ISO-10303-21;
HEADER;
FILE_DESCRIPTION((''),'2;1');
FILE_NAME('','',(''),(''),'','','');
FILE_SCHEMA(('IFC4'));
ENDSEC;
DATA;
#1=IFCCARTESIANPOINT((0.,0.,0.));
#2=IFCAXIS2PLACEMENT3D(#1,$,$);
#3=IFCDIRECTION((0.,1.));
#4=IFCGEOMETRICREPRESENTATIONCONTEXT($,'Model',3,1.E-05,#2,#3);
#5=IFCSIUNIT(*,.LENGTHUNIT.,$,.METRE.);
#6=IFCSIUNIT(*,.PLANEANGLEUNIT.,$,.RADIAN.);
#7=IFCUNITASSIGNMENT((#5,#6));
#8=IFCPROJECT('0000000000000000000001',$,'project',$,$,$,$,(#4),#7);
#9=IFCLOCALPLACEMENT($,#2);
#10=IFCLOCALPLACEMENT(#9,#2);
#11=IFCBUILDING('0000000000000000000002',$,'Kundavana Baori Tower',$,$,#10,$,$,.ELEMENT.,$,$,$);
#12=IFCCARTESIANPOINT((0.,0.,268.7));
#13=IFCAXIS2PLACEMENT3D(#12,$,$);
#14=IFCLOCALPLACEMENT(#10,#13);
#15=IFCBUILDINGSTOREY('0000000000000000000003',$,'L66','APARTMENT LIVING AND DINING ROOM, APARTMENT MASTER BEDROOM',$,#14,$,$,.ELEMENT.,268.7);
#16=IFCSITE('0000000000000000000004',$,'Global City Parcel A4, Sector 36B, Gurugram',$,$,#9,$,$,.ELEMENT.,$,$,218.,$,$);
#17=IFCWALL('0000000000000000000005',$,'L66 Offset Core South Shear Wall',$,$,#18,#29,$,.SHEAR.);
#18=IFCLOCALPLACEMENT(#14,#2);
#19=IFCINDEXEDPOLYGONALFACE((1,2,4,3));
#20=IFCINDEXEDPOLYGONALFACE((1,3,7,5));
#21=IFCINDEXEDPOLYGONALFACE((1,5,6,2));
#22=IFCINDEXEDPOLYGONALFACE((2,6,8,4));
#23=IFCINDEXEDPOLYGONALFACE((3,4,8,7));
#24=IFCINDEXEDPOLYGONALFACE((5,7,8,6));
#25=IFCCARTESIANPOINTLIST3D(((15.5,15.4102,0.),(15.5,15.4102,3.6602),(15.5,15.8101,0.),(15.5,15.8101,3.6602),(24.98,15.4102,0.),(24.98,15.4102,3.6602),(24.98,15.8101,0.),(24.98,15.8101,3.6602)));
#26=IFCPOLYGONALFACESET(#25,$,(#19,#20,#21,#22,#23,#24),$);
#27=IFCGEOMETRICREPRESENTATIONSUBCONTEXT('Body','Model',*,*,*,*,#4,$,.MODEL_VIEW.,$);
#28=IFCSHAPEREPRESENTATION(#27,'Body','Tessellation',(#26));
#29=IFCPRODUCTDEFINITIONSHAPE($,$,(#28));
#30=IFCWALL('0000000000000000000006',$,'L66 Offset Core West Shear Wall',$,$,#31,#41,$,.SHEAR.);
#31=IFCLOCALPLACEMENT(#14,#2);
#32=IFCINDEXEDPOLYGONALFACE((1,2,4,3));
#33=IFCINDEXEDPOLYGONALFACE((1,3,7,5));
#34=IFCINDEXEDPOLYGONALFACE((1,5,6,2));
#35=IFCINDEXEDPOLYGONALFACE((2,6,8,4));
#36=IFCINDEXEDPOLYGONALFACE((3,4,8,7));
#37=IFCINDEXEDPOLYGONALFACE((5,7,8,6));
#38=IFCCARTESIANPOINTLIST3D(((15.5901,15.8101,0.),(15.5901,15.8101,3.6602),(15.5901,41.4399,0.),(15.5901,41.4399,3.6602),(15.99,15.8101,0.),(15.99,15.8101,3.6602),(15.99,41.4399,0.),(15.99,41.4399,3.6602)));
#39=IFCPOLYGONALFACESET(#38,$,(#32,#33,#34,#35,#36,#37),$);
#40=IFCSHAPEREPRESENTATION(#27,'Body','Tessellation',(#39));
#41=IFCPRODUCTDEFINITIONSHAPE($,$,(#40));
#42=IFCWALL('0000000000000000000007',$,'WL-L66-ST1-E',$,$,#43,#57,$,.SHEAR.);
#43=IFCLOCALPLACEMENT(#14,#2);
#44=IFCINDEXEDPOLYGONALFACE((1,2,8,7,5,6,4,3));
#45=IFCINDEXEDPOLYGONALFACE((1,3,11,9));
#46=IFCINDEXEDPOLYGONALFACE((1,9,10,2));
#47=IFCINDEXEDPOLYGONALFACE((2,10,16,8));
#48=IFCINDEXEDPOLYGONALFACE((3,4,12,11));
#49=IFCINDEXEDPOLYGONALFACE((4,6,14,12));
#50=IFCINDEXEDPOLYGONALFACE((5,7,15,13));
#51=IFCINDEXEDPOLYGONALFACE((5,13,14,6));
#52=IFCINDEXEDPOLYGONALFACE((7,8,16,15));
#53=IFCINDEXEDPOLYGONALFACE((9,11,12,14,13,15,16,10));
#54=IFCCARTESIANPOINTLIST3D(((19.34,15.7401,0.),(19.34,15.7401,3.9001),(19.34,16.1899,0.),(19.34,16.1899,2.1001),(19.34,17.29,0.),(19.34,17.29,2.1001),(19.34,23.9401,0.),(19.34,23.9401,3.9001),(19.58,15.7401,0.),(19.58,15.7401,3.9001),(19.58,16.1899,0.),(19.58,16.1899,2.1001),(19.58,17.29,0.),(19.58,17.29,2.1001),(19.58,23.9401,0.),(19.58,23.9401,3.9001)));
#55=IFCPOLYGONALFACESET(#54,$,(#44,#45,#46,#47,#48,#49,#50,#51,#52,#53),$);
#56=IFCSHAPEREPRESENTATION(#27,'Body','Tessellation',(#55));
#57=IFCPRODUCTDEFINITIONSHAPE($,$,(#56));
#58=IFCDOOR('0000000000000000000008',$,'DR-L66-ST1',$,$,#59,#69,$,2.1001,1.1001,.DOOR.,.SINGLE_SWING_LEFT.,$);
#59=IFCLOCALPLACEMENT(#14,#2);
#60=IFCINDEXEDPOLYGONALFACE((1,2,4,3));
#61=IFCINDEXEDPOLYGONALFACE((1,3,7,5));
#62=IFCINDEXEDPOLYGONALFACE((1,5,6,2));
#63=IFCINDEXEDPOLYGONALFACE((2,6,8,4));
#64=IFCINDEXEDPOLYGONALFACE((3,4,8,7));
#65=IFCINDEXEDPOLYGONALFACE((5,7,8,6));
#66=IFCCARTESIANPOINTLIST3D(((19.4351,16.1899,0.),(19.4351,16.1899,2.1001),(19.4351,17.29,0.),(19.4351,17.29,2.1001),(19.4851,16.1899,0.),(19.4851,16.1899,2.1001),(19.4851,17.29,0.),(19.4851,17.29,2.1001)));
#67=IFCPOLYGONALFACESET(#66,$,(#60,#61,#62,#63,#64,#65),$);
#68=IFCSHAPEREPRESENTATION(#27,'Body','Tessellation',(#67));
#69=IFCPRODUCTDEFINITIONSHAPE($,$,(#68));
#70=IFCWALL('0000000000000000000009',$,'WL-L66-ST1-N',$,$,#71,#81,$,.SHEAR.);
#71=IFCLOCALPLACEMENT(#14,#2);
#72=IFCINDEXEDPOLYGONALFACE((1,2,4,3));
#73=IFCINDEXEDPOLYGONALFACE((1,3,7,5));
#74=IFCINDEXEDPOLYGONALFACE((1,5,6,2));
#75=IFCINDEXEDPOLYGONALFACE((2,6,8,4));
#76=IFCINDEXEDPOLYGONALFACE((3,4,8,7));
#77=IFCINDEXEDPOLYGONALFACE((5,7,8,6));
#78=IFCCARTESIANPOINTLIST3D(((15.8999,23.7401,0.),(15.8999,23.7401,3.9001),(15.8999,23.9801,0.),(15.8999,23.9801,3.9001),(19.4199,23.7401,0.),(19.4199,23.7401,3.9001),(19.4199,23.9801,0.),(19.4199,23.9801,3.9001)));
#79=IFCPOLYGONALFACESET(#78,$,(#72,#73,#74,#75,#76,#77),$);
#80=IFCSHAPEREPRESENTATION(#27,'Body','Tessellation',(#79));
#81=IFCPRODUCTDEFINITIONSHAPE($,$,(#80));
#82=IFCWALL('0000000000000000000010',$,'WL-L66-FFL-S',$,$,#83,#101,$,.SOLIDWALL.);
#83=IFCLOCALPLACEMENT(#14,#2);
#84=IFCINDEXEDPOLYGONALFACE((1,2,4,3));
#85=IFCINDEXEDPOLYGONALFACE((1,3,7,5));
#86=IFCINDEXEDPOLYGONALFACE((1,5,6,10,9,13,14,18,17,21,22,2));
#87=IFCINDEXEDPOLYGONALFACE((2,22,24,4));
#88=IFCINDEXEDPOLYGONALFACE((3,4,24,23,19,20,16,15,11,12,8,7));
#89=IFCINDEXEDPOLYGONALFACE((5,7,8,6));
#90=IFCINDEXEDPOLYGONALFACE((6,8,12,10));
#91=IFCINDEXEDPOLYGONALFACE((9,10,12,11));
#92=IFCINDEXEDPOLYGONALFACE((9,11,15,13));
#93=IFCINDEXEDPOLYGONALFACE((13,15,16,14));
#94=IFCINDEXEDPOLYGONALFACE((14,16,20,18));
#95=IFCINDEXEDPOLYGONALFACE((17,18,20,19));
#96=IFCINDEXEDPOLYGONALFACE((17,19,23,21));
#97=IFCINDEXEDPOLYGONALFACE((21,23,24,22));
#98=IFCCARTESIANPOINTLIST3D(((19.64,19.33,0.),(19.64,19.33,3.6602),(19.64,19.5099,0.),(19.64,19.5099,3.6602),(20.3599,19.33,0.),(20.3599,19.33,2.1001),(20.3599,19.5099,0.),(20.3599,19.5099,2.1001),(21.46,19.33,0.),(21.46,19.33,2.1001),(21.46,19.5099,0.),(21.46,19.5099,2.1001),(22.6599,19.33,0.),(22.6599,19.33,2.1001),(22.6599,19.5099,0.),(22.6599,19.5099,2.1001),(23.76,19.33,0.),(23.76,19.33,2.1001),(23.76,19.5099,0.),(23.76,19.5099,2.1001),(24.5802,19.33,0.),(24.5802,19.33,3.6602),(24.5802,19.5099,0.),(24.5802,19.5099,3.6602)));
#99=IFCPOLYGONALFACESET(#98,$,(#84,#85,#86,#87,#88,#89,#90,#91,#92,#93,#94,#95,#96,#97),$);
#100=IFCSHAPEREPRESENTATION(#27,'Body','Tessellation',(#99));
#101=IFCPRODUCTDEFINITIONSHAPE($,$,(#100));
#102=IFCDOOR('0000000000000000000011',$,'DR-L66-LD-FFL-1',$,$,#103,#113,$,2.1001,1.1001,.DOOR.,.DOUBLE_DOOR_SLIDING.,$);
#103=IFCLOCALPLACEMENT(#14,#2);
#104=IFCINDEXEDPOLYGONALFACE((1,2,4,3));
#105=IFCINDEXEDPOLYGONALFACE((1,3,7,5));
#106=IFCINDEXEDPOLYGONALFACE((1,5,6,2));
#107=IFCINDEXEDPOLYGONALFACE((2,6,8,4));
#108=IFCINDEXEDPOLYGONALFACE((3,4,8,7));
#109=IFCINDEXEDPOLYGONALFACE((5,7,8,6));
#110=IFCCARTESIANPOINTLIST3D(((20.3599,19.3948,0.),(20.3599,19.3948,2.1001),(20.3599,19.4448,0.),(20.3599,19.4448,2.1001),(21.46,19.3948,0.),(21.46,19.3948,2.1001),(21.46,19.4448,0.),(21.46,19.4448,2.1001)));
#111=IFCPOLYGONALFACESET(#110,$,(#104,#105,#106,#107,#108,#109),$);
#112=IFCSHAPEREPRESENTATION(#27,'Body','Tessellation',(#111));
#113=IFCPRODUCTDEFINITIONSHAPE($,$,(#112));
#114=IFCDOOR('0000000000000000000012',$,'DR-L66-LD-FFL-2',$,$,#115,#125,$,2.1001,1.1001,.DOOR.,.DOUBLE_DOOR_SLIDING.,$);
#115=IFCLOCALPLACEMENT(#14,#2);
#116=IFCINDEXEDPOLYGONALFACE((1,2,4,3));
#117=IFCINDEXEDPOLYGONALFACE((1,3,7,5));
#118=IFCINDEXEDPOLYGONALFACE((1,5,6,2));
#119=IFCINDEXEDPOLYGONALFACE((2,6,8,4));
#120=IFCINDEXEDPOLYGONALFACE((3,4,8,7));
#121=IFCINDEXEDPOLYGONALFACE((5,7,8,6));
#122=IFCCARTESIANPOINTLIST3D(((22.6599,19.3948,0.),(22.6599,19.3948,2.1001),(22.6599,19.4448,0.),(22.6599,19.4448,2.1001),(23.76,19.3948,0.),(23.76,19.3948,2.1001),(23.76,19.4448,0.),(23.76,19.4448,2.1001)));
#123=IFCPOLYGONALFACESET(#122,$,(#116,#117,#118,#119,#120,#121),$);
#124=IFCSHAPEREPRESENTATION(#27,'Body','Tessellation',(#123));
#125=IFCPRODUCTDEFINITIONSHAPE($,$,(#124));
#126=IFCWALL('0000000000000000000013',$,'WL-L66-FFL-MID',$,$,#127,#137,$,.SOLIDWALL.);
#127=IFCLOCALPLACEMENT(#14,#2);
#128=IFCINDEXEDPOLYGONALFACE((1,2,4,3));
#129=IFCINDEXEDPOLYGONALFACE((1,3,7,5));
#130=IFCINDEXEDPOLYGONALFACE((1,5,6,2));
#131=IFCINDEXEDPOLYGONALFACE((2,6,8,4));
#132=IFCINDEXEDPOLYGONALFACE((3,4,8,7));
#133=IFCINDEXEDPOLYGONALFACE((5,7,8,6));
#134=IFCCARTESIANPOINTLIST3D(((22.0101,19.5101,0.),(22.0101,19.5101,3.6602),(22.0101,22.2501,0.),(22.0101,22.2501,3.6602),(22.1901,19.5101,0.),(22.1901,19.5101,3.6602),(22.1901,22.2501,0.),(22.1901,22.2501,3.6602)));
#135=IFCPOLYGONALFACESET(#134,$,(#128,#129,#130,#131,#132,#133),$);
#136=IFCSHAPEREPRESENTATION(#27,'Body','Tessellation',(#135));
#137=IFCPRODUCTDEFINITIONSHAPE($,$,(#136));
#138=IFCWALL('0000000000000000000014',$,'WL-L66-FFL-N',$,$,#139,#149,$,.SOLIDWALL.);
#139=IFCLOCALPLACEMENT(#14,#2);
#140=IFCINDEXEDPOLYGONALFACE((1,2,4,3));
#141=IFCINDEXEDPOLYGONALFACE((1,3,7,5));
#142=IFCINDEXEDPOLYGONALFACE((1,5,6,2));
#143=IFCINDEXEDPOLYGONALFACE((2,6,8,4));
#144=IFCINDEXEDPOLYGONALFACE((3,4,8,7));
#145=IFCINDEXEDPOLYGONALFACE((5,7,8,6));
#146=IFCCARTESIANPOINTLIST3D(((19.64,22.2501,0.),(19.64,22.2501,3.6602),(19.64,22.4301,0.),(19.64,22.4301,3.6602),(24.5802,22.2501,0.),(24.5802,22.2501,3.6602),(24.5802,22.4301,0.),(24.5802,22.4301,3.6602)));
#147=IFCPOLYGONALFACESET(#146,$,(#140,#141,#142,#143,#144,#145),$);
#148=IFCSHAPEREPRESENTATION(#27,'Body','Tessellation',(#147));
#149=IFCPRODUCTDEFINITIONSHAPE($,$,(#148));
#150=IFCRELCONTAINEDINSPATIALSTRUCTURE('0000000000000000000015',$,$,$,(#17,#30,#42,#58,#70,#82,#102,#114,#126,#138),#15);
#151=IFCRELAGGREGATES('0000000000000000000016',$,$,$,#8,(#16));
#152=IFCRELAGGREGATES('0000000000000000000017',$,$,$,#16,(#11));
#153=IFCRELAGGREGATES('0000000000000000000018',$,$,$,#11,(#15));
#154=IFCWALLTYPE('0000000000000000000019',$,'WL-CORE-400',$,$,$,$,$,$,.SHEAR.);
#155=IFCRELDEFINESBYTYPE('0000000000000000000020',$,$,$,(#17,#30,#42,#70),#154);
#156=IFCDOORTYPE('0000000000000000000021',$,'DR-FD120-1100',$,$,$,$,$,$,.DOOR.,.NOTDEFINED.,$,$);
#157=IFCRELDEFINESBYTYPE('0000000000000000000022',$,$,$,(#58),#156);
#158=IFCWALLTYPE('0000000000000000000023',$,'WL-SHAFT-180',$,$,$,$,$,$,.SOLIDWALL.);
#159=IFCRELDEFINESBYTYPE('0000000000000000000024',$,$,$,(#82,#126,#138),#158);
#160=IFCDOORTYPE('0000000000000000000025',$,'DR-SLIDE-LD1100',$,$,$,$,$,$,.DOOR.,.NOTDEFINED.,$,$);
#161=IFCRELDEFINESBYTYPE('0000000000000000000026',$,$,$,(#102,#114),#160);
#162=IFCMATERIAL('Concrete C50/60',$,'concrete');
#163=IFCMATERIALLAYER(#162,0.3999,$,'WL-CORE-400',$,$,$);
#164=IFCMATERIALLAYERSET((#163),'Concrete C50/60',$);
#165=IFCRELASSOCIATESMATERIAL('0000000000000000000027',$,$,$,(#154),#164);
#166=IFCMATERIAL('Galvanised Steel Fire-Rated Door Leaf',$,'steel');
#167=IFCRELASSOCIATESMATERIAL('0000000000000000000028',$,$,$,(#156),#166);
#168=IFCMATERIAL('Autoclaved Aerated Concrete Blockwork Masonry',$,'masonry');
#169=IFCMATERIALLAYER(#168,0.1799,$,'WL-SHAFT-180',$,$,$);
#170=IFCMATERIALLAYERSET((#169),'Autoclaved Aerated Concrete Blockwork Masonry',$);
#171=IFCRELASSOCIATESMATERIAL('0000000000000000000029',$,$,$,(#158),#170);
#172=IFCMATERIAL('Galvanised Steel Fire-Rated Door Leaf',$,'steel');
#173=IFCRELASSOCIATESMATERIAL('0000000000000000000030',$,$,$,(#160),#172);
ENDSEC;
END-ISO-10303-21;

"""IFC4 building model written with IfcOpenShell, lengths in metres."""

from ifc_helpers import new_model, si_unit, direction, frame, frame_2d, origin, place, context, subcontext, project, spatial, rectangle, extrude, material, layer, layer_set, type_object, element, fill, save


model = new_model("IFC4")

# Units and contexts
model_context = context("Model", 3, precision=1e-05, world=origin(), true_north=direction((0.0, 1.0)))
body_context = subcontext(model_context, "Body", "Model", "MODEL_VIEW")
ifc_project = project(units=[si_unit("LENGTHUNIT", "METRE"), si_unit("PLANEANGLEUNIT", "RADIAN")], contexts=[model_context])

# Site, building, storey
site_placement = place(None, origin())
site = spatial("IfcSite", under=ifc_project, at=site_placement, Name="Global City Parcel A4, Sector 36B, Gurugram", CompositionType="ELEMENT", RefElevation=218.0)
building_placement = place(site_placement, origin())
building = spatial("IfcBuilding", under=site, at=building_placement, Name="Kundavana Baori Tower", CompositionType="ELEMENT")
storey_placement = place(building_placement, frame((0.0, 0.0, 268.7)))
storey = spatial("IfcBuildingStorey", under=building, at=storey_placement, Name="L66", Description="APARTMENT LIVING AND DINING ROOM, APARTMENT MASTER BEDROOM", CompositionType="ELEMENT", Elevation=268.7)

# Walls
ifc_material_1 = material(Name="Concrete C50/60", Category="concrete")
ifc_layer_1 = layer(ifc_material_1, 0.3999, Name="WL-CORE-400")
ifc_layer_set_1 = layer_set([ifc_layer_1], Name="Concrete C50/60")
wall_type_1 = type_object("IfcWallType", Name="WL-CORE-400", PredefinedType="SHEAR", material=ifc_layer_set_1)
wall_1_placement = place(storey_placement, frame((15.5, 15.6101, 0.0), z_axis=(0.0, 0.0, 1.0), x_axis=(1.0, 0.0, 0.0)))
element("IfcWall", 1, at=wall_1_placement, inside=storey, type_object=wall_type_1, Name="L66 Offset Core South Shear Wall", PredefinedType="SHEAR", context=body_context, shape_type="SweptSolid", body=[
    extrude(rectangle(XDim=9.48, YDim=0.3999, at=frame_2d((4.74, 0.0))), origin(), (0.0, 0.0, 1.0), 3.6602),
])
wall_2_placement = place(storey_placement, frame((15.79, 15.8101, 0.0), z_axis=(0.0, 0.0, 1.0), x_axis=(0.0, 1.0, 0.0)))
element("IfcWall", 2, at=wall_2_placement, inside=storey, type_object=wall_type_1, Name="L66 Offset Core West Shear Wall", PredefinedType="SHEAR", context=body_context, shape_type="SweptSolid", body=[
    extrude(rectangle(XDim=25.6299, YDim=0.3999, at=frame_2d((12.8149, 0.0))), origin(), (0.0, 0.0, 1.0), 3.6602),
])

# Wall, opening, door
wall_3_placement = place(storey_placement, frame((19.46, 15.74, 0.0), z_axis=(0.0, 0.0, 1.0), x_axis=(0.0, 1.0, 0.0)))
wall_3 = element("IfcWall", 3, at=wall_3_placement, inside=storey, type_object=wall_type_1, Name="WL-L66-ST1-E", PredefinedType="SHEAR", context=body_context, shape_type="SweptSolid", body=[
    extrude(rectangle(XDim=8.2, YDim=0.24, at=frame_2d((4.1001, 0.0))), origin(), (0.0, 0.0, 1.0), 3.9001),
])
opening_1_placement = place(wall_3_placement, frame((0.45, 0.0, 0.0)))
opening_1 = element("IfcOpeningElement", 4, at=opening_1_placement, cuts=wall_3, PredefinedType="OPENING", context=body_context, shape_type="SweptSolid", body=[
    extrude(rectangle(XDim=1.1001, YDim=2.1001, at=frame_2d((0.55, 1.05))), frame((0.0, 0.1299, 0.0), z_axis=(0.0, -1.0, 0.0), x_axis=(1.0, 0.0, 0.0)), (0.0, 0.0, 1.0), 0.26),
])
ifc_material_2 = material(Name="Galvanised Steel Fire-Rated Door Leaf", Category="steel")
door_type_1 = type_object("IfcDoorType", Name="DR-FD120-1100", OperationType="NOTDEFINED", PredefinedType="DOOR", material=ifc_material_2)
door_1_placement = place(opening_1_placement, origin())
door_1 = element("IfcDoor", 5, at=door_1_placement, inside=storey, type_object=door_type_1, Name="DR-L66-ST1", OperationType="SINGLE_SWING_LEFT", OverallHeight=2.1001, OverallWidth=1.1001, PredefinedType="DOOR", context=body_context, shape_type="SweptSolid", body=[
    extrude(rectangle(XDim=1.1001, YDim=2.1001, at=frame_2d((0.55, 1.05))), frame((0.0, 0.0249, 0.0), z_axis=(0.0, -1.0, 0.0), x_axis=(1.0, 0.0, 0.0)), (0.0, 0.0, 1.0), 0.05),
])
fill(opening_1, door_1)

# Wall
wall_4_placement = place(storey_placement, frame((15.8999, 23.8601, 0.0), z_axis=(0.0, 0.0, 1.0), x_axis=(1.0, 0.0, 0.0)))
element("IfcWall", 6, at=wall_4_placement, inside=storey, type_object=wall_type_1, Name="WL-L66-ST1-N", PredefinedType="SHEAR", context=body_context, shape_type="SweptSolid", body=[
    extrude(rectangle(XDim=3.52, YDim=0.24, at=frame_2d((1.76, 0.0))), origin(), (0.0, 0.0, 1.0), 3.9001),
])

# Wall, openings, doors
ifc_material_3 = material(Name="Autoclaved Aerated Concrete Blockwork Masonry", Category="masonry")
ifc_layer_2 = layer(ifc_material_3, 0.1799, Name="WL-SHAFT-180")
ifc_layer_set_2 = layer_set([ifc_layer_2], Name="Autoclaved Aerated Concrete Blockwork Masonry")
wall_type_2 = type_object("IfcWallType", Name="WL-SHAFT-180", PredefinedType="SOLIDWALL", material=ifc_layer_set_2)
wall_5_placement = place(storey_placement, frame((19.6399, 19.4199, 0.0), z_axis=(0.0, 0.0, 1.0), x_axis=(1.0, 0.0, 0.0)))
wall_5 = element("IfcWall", 7, at=wall_5_placement, inside=storey, type_object=wall_type_2, Name="WL-L66-FFL-S", PredefinedType="SOLIDWALL", context=body_context, shape_type="SweptSolid", body=[
    extrude(rectangle(XDim=4.9402, YDim=0.1799, at=frame_2d((2.4702, 0.0))), origin(), (0.0, 0.0, 1.0), 3.6602),
])
opening_2_placement = place(wall_5_placement, frame((0.72, 0.0, 0.0)))
opening_2 = element("IfcOpeningElement", 8, at=opening_2_placement, cuts=wall_5, PredefinedType="OPENING", context=body_context, shape_type="SweptSolid", body=[
    extrude(rectangle(XDim=1.1001, YDim=2.1001, at=frame_2d((0.55, 1.05))), frame((0.0, 0.1001, 0.0), z_axis=(0.0, -1.0, 0.0), x_axis=(1.0, 0.0, 0.0)), (0.0, 0.0, 1.0), 0.2),
])
opening_3_placement = place(wall_5_placement, frame((3.02, 0.0, 0.0)))
opening_3 = element("IfcOpeningElement", 9, at=opening_3_placement, cuts=wall_5, PredefinedType="OPENING", context=body_context, shape_type="SweptSolid", body=[
    extrude(rectangle(XDim=1.1001, YDim=2.1001, at=frame_2d((0.55, 1.05))), frame((0.0, 0.1001, 0.0), z_axis=(0.0, -1.0, 0.0), x_axis=(1.0, 0.0, 0.0)), (0.0, 0.0, 1.0), 0.2),
])
ifc_material_4 = material(Name="Galvanised Steel Fire-Rated Door Leaf", Category="steel")
door_type_2 = type_object("IfcDoorType", Name="DR-SLIDE-LD1100", OperationType="NOTDEFINED", PredefinedType="DOOR", material=ifc_material_4)
door_2_placement = place(opening_2_placement, origin())
door_2 = element("IfcDoor", 10, at=door_2_placement, inside=storey, type_object=door_type_2, Name="DR-L66-LD-FFL-1", OperationType="DOUBLE_DOOR_SLIDING", OverallHeight=2.1001, OverallWidth=1.1001, PredefinedType="DOOR", context=body_context, shape_type="SweptSolid", body=[
    extrude(rectangle(XDim=1.1001, YDim=2.1001, at=frame_2d((0.55, 1.05))), frame((0.0, 0.0249, 0.0), z_axis=(0.0, -1.0, 0.0), x_axis=(1.0, 0.0, 0.0)), (0.0, 0.0, 1.0), 0.05),
])
fill(opening_2, door_2)
door_3_placement = place(opening_3_placement, origin())
door_3 = element("IfcDoor", 11, at=door_3_placement, inside=storey, type_object=door_type_2, Name="DR-L66-LD-FFL-2", OperationType="DOUBLE_DOOR_SLIDING", OverallHeight=2.1001, OverallWidth=1.1001, PredefinedType="DOOR", context=body_context, shape_type="SweptSolid", body=[
    extrude(rectangle(XDim=1.1001, YDim=2.1001, at=frame_2d((0.55, 1.05))), frame((0.0, 0.0249, 0.0), z_axis=(0.0, -1.0, 0.0), x_axis=(1.0, 0.0, 0.0)), (0.0, 0.0, 1.0), 0.05),
])
fill(opening_3, door_3)

# Walls
wall_6_placement = place(storey_placement, frame((22.1001, 19.51, 0.0), z_axis=(0.0, 0.0, 1.0), x_axis=(0.0, 1.0, 0.0)))
element("IfcWall", 12, at=wall_6_placement, inside=storey, type_object=wall_type_2, Name="WL-L66-FFL-MID", PredefinedType="SOLIDWALL", context=body_context, shape_type="SweptSolid", body=[
    extrude(rectangle(XDim=2.74, YDim=0.1799, at=frame_2d((1.3701, 0.0))), origin(), (0.0, 0.0, 1.0), 3.6602),
])
wall_7_placement = place(storey_placement, frame((19.6399, 22.3401, 0.0), z_axis=(0.0, 0.0, 1.0), x_axis=(1.0, 0.0, 0.0)))
element("IfcWall", 13, at=wall_7_placement, inside=storey, type_object=wall_type_2, Name="WL-L66-FFL-N", PredefinedType="SOLIDWALL", context=body_context, shape_type="SweptSolid", body=[
    extrude(rectangle(XDim=4.9402, YDim=0.1799, at=frame_2d((2.4702, 0.0))), origin(), (0.0, 0.0, 1.0), 3.6602),
])

save(model, "model.ifc")
